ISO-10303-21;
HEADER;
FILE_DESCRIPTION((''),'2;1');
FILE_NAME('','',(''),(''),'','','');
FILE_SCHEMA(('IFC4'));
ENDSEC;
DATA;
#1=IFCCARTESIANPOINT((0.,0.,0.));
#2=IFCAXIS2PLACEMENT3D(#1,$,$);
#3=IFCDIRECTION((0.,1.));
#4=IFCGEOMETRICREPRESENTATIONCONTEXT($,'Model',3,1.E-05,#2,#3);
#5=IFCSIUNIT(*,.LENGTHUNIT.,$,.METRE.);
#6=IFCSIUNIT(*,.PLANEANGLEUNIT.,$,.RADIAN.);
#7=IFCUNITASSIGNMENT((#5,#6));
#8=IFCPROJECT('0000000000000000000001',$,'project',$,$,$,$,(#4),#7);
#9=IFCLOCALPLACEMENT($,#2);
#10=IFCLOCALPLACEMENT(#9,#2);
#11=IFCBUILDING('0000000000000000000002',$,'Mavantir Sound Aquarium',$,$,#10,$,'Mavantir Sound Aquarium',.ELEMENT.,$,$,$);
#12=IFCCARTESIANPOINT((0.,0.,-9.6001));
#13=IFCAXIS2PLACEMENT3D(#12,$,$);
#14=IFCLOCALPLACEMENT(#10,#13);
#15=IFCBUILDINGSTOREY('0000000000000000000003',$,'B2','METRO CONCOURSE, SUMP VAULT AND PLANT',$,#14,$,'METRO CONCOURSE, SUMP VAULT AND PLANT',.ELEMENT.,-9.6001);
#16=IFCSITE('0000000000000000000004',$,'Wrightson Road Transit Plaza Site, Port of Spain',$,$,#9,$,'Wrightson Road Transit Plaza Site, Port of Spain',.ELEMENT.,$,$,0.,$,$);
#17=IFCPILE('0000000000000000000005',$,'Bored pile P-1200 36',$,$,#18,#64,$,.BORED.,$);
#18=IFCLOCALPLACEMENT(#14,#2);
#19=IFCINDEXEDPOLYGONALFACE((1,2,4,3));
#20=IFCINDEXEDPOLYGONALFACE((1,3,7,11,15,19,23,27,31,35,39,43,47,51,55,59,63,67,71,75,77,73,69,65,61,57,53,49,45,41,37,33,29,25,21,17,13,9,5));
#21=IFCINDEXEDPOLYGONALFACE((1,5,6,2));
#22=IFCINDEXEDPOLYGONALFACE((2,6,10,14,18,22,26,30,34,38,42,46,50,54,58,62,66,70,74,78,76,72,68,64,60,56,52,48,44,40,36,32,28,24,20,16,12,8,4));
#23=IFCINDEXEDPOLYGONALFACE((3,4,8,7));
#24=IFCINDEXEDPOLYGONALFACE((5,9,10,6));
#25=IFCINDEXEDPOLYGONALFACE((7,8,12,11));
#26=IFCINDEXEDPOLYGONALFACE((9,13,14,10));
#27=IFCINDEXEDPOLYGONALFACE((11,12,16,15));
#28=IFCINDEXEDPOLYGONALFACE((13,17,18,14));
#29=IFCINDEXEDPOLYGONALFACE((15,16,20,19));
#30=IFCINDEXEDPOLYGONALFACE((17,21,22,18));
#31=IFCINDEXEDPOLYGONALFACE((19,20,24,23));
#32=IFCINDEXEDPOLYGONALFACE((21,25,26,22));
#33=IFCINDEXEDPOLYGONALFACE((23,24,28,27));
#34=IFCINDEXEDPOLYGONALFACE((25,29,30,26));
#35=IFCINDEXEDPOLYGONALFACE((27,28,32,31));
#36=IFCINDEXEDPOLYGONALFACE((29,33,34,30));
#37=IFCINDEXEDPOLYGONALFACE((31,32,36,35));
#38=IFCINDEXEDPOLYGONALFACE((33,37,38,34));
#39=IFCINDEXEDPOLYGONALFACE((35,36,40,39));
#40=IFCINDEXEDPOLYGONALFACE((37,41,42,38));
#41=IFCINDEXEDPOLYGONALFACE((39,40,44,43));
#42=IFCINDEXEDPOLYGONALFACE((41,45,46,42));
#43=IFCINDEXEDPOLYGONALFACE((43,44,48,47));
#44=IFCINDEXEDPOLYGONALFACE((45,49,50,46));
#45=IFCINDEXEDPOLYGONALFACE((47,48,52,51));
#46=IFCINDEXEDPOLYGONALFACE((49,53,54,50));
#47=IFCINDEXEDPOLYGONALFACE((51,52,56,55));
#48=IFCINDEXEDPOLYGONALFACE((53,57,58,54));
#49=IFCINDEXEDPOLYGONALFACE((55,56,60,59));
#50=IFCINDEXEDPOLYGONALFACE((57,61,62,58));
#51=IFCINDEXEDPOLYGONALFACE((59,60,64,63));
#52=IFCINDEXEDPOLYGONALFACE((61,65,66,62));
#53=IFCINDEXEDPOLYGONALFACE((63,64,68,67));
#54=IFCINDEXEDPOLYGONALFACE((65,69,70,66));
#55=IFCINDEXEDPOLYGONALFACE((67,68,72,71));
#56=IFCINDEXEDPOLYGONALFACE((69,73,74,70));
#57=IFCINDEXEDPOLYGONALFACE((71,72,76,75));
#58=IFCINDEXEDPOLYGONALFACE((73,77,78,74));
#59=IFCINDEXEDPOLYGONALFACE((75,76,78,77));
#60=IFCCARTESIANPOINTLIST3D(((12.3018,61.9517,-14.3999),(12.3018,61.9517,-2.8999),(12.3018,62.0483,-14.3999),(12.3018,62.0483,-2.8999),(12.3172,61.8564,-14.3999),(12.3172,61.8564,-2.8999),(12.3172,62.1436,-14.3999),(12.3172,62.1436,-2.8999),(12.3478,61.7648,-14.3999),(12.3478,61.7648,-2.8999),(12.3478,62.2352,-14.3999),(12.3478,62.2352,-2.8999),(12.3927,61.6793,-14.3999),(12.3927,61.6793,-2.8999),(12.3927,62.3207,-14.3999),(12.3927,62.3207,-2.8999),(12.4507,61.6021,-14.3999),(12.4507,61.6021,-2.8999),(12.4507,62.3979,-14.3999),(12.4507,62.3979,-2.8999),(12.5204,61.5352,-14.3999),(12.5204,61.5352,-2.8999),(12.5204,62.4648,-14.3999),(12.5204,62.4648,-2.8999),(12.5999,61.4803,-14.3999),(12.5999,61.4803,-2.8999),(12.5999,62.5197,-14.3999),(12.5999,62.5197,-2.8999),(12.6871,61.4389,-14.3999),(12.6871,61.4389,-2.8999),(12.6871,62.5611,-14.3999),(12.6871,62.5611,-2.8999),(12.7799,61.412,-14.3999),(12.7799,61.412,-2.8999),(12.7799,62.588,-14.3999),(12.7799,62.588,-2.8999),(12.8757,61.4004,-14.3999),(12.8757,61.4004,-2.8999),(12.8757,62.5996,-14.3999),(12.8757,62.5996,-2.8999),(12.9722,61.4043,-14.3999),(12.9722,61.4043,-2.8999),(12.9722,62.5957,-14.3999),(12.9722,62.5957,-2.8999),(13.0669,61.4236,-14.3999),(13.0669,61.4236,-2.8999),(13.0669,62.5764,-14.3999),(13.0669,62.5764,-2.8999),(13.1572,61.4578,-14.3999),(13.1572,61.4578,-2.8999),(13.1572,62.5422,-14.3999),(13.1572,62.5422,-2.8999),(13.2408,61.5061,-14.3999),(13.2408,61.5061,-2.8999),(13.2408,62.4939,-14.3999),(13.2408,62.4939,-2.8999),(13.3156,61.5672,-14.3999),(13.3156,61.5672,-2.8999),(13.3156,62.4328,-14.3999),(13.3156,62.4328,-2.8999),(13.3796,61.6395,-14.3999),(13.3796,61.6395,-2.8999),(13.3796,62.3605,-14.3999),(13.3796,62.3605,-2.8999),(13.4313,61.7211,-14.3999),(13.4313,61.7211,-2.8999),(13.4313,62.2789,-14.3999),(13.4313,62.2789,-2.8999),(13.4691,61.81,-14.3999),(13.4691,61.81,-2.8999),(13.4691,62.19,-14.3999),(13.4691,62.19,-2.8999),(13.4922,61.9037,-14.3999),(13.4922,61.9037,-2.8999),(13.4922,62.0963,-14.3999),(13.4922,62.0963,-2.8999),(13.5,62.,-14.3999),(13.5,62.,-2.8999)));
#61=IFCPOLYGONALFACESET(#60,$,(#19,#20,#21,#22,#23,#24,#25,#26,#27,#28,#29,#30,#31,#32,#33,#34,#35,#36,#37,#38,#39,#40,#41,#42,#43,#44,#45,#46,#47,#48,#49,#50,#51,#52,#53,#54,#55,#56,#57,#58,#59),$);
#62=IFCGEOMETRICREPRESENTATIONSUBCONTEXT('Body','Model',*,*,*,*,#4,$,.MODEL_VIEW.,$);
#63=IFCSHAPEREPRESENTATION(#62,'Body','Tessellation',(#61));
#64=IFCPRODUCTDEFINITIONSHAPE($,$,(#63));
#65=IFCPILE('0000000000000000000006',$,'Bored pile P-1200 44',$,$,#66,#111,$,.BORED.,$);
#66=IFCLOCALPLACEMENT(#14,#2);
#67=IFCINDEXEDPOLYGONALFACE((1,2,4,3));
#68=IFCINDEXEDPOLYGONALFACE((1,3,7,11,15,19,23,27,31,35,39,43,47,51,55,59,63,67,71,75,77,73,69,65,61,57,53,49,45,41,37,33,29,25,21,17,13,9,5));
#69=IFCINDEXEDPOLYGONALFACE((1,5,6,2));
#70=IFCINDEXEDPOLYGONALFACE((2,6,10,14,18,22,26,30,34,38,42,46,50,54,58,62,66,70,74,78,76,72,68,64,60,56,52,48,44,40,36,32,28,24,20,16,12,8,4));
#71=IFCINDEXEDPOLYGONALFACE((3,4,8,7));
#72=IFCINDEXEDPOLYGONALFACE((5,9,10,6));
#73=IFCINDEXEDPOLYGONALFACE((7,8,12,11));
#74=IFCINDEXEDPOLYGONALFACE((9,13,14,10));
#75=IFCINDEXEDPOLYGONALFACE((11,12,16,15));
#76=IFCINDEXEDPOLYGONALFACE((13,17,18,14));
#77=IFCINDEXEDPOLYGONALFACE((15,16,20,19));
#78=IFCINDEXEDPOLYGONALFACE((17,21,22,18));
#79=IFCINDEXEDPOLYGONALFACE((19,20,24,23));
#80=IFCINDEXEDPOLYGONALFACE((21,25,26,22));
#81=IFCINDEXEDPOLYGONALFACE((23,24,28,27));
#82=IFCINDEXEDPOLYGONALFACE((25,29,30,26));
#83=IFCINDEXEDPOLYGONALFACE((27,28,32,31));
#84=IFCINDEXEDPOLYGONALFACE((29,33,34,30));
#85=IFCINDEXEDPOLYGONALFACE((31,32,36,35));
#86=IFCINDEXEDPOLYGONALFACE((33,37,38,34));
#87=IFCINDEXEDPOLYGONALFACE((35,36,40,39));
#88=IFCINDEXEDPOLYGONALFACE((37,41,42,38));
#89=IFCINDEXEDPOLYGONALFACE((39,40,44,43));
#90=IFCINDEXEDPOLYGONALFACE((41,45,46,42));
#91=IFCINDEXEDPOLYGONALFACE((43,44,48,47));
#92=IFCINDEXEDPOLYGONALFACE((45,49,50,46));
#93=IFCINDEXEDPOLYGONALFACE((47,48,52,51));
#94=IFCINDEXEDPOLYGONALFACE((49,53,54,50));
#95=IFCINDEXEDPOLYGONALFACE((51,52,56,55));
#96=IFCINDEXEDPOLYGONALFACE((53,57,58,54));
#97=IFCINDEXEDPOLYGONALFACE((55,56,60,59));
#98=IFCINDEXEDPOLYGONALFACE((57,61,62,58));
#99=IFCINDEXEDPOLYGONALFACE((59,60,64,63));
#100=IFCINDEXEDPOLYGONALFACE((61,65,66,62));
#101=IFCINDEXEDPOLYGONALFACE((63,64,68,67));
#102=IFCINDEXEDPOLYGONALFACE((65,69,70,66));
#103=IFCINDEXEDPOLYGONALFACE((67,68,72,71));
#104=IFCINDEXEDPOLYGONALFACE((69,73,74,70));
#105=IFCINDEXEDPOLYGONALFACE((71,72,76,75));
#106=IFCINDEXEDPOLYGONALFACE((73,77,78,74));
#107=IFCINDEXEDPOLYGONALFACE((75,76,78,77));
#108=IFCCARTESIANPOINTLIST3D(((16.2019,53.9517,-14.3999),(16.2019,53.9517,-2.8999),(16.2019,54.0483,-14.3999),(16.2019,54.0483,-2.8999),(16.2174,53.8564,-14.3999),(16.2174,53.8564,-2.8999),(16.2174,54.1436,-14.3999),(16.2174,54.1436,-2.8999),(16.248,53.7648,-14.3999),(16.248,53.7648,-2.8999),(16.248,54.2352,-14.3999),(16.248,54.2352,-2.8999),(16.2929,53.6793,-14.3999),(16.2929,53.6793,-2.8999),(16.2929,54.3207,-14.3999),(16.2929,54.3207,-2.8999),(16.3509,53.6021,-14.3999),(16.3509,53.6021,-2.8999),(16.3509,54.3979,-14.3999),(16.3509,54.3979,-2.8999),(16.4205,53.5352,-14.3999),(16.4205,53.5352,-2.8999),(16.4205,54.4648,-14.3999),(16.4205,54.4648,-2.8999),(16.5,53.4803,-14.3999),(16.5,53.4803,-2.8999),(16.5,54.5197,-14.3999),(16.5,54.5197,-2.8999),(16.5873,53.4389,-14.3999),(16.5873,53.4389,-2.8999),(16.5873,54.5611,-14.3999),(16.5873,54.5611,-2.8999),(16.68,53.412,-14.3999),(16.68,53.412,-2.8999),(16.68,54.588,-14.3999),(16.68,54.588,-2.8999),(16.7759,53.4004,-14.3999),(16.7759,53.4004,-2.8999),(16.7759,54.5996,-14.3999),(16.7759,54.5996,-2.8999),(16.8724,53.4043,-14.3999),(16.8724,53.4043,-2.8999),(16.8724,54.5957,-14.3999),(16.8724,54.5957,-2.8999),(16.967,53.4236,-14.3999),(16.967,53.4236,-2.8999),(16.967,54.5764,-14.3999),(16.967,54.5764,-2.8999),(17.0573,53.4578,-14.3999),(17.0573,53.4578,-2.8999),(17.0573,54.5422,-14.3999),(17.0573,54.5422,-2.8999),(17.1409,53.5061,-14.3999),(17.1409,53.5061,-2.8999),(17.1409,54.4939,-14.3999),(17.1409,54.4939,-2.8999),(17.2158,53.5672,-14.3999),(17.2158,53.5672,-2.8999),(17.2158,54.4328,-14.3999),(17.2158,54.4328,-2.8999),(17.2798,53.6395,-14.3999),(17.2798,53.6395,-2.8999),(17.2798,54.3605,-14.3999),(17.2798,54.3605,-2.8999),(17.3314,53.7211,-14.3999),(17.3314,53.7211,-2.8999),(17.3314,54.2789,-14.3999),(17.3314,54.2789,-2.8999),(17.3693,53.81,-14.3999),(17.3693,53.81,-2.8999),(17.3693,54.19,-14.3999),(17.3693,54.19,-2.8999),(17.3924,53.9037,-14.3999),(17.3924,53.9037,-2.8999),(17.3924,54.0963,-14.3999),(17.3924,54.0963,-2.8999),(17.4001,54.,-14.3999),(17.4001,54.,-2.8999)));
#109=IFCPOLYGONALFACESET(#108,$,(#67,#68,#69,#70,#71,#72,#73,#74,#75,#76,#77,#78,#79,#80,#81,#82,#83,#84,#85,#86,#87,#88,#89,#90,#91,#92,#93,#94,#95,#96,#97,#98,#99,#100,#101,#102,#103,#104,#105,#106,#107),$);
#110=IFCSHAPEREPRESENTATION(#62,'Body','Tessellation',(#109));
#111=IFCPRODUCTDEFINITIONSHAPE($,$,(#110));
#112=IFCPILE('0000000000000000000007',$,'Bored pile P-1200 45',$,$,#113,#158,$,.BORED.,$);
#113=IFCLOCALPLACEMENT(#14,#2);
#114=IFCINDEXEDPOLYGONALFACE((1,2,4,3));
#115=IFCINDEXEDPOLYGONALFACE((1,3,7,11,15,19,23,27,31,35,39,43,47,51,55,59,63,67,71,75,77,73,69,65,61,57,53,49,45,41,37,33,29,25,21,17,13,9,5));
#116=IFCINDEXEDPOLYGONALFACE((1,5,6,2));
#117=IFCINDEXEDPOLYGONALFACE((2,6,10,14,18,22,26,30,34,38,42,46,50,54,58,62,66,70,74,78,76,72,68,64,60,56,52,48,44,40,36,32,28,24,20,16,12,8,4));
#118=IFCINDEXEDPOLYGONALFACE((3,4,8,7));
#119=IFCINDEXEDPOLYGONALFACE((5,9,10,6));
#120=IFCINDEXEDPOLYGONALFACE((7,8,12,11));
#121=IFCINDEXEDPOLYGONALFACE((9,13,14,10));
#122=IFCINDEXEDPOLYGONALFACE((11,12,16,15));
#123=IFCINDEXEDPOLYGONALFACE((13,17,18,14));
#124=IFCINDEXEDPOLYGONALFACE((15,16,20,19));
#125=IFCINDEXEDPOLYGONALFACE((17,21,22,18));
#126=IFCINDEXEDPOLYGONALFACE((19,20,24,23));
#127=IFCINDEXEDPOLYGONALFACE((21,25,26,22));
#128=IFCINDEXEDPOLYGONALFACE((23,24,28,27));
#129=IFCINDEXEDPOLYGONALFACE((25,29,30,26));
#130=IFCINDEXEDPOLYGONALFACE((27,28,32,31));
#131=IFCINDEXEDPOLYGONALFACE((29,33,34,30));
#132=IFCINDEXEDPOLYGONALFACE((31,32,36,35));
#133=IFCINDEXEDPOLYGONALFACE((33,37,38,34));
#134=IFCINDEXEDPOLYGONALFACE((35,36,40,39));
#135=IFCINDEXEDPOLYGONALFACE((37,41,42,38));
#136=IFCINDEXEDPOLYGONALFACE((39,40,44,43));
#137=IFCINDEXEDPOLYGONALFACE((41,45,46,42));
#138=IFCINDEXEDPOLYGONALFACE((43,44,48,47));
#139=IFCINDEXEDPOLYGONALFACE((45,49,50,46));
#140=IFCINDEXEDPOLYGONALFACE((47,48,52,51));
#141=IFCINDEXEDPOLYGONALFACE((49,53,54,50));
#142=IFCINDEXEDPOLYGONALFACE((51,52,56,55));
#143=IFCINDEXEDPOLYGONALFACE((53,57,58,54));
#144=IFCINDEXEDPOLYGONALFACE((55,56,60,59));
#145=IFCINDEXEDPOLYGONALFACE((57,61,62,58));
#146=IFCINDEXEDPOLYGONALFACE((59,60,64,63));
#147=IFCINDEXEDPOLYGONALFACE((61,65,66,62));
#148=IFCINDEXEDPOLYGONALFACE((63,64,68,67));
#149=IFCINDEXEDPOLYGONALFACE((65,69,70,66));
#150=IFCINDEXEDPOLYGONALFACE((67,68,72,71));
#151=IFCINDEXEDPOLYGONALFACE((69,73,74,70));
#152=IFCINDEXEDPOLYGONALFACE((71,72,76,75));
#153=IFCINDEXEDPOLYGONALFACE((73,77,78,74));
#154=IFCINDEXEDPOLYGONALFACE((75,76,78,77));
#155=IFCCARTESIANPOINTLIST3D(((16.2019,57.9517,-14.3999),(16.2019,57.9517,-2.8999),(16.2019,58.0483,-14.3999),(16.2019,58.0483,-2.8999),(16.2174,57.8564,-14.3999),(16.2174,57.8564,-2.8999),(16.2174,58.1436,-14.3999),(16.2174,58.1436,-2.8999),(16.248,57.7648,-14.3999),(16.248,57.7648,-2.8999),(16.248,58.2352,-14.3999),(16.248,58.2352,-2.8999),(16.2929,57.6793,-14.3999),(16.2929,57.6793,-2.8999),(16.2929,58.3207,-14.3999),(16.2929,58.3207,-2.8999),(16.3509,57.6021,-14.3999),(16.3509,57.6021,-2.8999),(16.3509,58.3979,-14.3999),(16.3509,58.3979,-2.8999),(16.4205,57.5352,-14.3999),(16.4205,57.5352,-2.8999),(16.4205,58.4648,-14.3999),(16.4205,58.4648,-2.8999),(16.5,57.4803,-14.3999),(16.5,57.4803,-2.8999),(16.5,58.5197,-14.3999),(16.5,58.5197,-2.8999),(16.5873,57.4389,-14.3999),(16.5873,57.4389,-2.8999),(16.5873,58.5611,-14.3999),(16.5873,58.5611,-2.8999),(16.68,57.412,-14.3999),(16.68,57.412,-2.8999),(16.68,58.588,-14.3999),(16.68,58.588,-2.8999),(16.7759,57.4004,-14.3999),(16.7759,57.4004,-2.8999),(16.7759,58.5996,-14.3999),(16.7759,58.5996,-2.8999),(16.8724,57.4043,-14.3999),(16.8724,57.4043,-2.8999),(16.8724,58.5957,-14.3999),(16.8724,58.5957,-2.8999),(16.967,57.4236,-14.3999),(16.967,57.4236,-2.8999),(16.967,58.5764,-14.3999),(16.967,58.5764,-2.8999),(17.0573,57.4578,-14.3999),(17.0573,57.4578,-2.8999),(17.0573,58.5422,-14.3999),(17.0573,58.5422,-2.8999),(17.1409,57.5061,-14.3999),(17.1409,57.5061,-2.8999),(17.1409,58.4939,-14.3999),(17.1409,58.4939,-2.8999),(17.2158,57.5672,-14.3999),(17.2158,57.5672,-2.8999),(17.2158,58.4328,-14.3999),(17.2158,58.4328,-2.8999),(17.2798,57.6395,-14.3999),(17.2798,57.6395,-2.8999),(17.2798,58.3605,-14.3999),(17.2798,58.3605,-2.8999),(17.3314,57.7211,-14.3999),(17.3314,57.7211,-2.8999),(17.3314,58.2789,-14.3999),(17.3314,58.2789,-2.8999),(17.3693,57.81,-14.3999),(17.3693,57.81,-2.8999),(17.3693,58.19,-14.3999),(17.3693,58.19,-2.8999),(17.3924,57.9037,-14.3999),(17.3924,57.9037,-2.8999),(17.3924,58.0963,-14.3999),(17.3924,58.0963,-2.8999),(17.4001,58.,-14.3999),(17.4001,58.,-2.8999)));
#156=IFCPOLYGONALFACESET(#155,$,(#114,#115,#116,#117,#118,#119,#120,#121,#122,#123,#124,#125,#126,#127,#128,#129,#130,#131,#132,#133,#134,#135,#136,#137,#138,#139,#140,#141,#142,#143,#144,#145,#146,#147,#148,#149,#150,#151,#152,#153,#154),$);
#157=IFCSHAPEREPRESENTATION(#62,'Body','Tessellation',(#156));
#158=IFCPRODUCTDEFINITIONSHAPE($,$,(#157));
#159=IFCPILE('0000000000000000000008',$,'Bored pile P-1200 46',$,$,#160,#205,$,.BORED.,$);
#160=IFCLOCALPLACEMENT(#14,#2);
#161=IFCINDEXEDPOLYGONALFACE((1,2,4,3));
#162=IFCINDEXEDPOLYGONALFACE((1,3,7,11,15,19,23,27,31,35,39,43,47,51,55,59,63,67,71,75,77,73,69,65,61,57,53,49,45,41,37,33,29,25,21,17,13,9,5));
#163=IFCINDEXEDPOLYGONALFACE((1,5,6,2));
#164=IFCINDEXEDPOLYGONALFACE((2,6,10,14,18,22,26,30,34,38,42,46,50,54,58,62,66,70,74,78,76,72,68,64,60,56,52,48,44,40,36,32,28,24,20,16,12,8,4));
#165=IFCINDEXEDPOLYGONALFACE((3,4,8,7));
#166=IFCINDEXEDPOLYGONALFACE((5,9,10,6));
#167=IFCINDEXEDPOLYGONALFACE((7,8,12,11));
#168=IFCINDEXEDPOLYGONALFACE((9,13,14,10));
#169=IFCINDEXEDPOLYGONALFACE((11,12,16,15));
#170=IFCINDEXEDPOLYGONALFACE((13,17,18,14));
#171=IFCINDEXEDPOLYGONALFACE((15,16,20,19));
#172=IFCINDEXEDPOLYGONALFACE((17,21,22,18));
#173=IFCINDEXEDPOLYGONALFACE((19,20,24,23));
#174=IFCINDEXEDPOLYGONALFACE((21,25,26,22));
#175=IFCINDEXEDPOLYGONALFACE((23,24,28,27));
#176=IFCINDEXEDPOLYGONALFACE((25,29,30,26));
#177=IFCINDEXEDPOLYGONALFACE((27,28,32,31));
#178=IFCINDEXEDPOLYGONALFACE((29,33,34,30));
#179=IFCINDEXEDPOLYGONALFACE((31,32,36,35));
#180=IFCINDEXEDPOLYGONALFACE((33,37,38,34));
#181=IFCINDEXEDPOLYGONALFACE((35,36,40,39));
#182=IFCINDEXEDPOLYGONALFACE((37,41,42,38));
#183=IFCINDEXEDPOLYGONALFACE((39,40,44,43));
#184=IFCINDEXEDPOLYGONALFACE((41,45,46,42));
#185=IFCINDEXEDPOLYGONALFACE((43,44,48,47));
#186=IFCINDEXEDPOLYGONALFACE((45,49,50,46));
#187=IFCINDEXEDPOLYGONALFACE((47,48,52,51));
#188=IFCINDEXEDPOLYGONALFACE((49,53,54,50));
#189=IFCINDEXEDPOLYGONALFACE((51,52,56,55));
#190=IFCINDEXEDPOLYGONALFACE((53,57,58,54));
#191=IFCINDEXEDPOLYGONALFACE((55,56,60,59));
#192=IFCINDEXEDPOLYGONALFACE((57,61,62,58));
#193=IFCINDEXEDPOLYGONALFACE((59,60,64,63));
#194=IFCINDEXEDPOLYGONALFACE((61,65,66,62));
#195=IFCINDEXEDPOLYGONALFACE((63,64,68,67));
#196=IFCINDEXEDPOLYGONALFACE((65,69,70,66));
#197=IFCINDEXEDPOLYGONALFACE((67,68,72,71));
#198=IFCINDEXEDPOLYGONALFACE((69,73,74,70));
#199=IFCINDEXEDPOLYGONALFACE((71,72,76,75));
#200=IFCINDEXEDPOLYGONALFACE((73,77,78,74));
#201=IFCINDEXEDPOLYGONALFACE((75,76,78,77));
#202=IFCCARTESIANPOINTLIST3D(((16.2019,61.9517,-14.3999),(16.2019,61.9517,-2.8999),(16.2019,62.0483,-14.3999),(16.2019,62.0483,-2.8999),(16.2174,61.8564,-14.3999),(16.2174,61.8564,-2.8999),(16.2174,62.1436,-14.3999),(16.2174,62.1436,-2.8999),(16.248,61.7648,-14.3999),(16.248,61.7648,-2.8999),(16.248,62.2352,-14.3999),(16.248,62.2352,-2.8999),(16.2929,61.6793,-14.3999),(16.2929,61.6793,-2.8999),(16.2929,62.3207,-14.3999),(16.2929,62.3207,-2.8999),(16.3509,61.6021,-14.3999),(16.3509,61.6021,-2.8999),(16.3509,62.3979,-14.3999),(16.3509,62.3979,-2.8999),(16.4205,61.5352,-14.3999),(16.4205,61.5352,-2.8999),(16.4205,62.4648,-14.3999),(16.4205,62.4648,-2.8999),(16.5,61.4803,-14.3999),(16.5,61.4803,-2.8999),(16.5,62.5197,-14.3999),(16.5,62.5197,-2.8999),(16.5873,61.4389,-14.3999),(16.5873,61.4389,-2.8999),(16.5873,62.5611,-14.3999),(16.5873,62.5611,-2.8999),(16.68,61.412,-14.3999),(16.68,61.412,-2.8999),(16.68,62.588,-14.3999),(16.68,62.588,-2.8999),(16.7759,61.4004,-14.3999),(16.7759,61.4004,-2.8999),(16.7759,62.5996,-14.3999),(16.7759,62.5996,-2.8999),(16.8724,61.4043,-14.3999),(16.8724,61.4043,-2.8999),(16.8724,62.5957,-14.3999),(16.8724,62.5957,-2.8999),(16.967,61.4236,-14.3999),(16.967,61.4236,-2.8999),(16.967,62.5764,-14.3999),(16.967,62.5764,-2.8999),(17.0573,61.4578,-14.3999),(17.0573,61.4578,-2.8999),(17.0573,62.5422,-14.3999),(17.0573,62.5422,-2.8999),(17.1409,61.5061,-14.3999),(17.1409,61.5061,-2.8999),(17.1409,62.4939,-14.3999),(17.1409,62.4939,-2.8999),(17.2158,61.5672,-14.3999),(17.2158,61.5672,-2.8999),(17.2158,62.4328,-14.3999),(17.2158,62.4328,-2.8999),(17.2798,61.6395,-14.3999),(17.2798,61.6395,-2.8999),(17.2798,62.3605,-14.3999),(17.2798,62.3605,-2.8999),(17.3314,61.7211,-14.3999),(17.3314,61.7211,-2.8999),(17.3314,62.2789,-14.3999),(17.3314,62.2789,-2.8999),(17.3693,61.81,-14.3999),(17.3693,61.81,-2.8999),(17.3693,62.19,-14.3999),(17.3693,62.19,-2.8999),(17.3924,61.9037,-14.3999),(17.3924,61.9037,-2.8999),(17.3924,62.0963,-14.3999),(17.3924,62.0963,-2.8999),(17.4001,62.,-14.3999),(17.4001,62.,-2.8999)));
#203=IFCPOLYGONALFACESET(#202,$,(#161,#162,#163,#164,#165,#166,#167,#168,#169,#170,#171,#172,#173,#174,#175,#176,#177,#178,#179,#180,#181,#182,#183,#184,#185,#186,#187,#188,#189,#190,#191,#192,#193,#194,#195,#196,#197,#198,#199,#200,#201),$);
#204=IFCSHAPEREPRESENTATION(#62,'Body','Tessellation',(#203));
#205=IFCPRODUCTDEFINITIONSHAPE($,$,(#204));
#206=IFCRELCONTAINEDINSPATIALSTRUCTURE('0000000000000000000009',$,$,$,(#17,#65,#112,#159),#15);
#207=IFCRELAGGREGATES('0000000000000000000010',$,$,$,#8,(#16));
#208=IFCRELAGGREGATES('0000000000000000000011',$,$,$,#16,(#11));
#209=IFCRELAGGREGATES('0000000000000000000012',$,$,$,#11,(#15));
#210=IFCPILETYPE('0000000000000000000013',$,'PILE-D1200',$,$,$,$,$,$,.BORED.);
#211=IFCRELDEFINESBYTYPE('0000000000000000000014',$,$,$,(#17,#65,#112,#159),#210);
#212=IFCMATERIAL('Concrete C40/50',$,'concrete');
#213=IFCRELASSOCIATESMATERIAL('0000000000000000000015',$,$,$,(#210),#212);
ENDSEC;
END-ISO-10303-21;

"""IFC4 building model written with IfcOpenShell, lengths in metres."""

from ifc_helpers import new_model, si_unit, direction, frame, origin, origin_2d, place, context, subcontext, project, spatial, circle, extrude, material, material_profile, profile_set, type_object, element, save


model = new_model("IFC4")

# Units and contexts
model_context = context("Model", 3, precision=1e-05, world=origin(), true_north=direction((0.0, 1.0)))
body_context = subcontext(model_context, "Body", "Model", "MODEL_VIEW")
ifc_project = project(units=[si_unit("LENGTHUNIT", "METRE"), si_unit("PLANEANGLEUNIT", "RADIAN")], contexts=[model_context])

# Site, building, storey
site_placement = place(None, origin())
site = spatial("IfcSite", under=ifc_project, at=site_placement, Name="Wrightson Road Transit Plaza Site, Port of Spain", LongName="Wrightson Road Transit Plaza Site, Port of Spain", CompositionType="ELEMENT", RefElevation=0.0)
building_placement = place(site_placement, origin())
building = spatial("IfcBuilding", under=site, at=building_placement, Name="Mavantir Sound Aquarium", LongName="Mavantir Sound Aquarium", CompositionType="ELEMENT")
storey_placement = place(building_placement, frame((0.0, 0.0, -9.6001)))
storey = spatial("IfcBuildingStorey", under=building, at=storey_placement, Name="B2", Description="METRO CONCOURSE, SUMP VAULT AND PLANT", LongName="METRO CONCOURSE, SUMP VAULT AND PLANT", CompositionType="ELEMENT", Elevation=-9.6001)

# Piles
ifc_material_1 = material(Name="Concrete C40/50", Category="concrete")
ifc_material_profile_1 = material_profile(ifc_material_1, circle(Radius=0.6001, at=origin_2d()), Name="PILE D1200")
ifc_profile_set_1 = profile_set([ifc_material_profile_1], Name="Concrete C40/50")
pile_type = type_object("IfcPileType", Name="PILE-D1200", PredefinedType="BORED", material=ifc_profile_set_1)
for number, where, z_axis, x_axis, name in (
    (1, (12.8999, 62.0, -2.8999), (0.0, 0.0, -1.0), (1.0, 0.0, 0.0), "Bored pile P-1200 36"),
    (2, (16.8, 54.0, -2.8999), (0.0, 0.0, -1.0), (1.0, 0.0, 0.0), "Bored pile P-1200 44"),
    (3, (16.8, 58.0, -2.8999), (0.0, 0.0, -1.0), (1.0, 0.0, 0.0), "Bored pile P-1200 45"),
    (4, (16.8, 62.0, -2.8999), (0.0, 0.0, -1.0), (1.0, 0.0, 0.0), "Bored pile P-1200 46"),
):
    element("IfcPile", number, at=place(storey_placement, frame(where, z_axis=z_axis, x_axis=x_axis)), inside=storey, type_object=pile_type, Name=name, PredefinedType="BORED", context=body_context, shape_type="SweptSolid", body=[
        extrude(circle(Radius=0.6001, at=origin_2d()), origin(), (0.0, 0.0, 1.0), 11.5),
    ])

save(model, "model.ifc")
